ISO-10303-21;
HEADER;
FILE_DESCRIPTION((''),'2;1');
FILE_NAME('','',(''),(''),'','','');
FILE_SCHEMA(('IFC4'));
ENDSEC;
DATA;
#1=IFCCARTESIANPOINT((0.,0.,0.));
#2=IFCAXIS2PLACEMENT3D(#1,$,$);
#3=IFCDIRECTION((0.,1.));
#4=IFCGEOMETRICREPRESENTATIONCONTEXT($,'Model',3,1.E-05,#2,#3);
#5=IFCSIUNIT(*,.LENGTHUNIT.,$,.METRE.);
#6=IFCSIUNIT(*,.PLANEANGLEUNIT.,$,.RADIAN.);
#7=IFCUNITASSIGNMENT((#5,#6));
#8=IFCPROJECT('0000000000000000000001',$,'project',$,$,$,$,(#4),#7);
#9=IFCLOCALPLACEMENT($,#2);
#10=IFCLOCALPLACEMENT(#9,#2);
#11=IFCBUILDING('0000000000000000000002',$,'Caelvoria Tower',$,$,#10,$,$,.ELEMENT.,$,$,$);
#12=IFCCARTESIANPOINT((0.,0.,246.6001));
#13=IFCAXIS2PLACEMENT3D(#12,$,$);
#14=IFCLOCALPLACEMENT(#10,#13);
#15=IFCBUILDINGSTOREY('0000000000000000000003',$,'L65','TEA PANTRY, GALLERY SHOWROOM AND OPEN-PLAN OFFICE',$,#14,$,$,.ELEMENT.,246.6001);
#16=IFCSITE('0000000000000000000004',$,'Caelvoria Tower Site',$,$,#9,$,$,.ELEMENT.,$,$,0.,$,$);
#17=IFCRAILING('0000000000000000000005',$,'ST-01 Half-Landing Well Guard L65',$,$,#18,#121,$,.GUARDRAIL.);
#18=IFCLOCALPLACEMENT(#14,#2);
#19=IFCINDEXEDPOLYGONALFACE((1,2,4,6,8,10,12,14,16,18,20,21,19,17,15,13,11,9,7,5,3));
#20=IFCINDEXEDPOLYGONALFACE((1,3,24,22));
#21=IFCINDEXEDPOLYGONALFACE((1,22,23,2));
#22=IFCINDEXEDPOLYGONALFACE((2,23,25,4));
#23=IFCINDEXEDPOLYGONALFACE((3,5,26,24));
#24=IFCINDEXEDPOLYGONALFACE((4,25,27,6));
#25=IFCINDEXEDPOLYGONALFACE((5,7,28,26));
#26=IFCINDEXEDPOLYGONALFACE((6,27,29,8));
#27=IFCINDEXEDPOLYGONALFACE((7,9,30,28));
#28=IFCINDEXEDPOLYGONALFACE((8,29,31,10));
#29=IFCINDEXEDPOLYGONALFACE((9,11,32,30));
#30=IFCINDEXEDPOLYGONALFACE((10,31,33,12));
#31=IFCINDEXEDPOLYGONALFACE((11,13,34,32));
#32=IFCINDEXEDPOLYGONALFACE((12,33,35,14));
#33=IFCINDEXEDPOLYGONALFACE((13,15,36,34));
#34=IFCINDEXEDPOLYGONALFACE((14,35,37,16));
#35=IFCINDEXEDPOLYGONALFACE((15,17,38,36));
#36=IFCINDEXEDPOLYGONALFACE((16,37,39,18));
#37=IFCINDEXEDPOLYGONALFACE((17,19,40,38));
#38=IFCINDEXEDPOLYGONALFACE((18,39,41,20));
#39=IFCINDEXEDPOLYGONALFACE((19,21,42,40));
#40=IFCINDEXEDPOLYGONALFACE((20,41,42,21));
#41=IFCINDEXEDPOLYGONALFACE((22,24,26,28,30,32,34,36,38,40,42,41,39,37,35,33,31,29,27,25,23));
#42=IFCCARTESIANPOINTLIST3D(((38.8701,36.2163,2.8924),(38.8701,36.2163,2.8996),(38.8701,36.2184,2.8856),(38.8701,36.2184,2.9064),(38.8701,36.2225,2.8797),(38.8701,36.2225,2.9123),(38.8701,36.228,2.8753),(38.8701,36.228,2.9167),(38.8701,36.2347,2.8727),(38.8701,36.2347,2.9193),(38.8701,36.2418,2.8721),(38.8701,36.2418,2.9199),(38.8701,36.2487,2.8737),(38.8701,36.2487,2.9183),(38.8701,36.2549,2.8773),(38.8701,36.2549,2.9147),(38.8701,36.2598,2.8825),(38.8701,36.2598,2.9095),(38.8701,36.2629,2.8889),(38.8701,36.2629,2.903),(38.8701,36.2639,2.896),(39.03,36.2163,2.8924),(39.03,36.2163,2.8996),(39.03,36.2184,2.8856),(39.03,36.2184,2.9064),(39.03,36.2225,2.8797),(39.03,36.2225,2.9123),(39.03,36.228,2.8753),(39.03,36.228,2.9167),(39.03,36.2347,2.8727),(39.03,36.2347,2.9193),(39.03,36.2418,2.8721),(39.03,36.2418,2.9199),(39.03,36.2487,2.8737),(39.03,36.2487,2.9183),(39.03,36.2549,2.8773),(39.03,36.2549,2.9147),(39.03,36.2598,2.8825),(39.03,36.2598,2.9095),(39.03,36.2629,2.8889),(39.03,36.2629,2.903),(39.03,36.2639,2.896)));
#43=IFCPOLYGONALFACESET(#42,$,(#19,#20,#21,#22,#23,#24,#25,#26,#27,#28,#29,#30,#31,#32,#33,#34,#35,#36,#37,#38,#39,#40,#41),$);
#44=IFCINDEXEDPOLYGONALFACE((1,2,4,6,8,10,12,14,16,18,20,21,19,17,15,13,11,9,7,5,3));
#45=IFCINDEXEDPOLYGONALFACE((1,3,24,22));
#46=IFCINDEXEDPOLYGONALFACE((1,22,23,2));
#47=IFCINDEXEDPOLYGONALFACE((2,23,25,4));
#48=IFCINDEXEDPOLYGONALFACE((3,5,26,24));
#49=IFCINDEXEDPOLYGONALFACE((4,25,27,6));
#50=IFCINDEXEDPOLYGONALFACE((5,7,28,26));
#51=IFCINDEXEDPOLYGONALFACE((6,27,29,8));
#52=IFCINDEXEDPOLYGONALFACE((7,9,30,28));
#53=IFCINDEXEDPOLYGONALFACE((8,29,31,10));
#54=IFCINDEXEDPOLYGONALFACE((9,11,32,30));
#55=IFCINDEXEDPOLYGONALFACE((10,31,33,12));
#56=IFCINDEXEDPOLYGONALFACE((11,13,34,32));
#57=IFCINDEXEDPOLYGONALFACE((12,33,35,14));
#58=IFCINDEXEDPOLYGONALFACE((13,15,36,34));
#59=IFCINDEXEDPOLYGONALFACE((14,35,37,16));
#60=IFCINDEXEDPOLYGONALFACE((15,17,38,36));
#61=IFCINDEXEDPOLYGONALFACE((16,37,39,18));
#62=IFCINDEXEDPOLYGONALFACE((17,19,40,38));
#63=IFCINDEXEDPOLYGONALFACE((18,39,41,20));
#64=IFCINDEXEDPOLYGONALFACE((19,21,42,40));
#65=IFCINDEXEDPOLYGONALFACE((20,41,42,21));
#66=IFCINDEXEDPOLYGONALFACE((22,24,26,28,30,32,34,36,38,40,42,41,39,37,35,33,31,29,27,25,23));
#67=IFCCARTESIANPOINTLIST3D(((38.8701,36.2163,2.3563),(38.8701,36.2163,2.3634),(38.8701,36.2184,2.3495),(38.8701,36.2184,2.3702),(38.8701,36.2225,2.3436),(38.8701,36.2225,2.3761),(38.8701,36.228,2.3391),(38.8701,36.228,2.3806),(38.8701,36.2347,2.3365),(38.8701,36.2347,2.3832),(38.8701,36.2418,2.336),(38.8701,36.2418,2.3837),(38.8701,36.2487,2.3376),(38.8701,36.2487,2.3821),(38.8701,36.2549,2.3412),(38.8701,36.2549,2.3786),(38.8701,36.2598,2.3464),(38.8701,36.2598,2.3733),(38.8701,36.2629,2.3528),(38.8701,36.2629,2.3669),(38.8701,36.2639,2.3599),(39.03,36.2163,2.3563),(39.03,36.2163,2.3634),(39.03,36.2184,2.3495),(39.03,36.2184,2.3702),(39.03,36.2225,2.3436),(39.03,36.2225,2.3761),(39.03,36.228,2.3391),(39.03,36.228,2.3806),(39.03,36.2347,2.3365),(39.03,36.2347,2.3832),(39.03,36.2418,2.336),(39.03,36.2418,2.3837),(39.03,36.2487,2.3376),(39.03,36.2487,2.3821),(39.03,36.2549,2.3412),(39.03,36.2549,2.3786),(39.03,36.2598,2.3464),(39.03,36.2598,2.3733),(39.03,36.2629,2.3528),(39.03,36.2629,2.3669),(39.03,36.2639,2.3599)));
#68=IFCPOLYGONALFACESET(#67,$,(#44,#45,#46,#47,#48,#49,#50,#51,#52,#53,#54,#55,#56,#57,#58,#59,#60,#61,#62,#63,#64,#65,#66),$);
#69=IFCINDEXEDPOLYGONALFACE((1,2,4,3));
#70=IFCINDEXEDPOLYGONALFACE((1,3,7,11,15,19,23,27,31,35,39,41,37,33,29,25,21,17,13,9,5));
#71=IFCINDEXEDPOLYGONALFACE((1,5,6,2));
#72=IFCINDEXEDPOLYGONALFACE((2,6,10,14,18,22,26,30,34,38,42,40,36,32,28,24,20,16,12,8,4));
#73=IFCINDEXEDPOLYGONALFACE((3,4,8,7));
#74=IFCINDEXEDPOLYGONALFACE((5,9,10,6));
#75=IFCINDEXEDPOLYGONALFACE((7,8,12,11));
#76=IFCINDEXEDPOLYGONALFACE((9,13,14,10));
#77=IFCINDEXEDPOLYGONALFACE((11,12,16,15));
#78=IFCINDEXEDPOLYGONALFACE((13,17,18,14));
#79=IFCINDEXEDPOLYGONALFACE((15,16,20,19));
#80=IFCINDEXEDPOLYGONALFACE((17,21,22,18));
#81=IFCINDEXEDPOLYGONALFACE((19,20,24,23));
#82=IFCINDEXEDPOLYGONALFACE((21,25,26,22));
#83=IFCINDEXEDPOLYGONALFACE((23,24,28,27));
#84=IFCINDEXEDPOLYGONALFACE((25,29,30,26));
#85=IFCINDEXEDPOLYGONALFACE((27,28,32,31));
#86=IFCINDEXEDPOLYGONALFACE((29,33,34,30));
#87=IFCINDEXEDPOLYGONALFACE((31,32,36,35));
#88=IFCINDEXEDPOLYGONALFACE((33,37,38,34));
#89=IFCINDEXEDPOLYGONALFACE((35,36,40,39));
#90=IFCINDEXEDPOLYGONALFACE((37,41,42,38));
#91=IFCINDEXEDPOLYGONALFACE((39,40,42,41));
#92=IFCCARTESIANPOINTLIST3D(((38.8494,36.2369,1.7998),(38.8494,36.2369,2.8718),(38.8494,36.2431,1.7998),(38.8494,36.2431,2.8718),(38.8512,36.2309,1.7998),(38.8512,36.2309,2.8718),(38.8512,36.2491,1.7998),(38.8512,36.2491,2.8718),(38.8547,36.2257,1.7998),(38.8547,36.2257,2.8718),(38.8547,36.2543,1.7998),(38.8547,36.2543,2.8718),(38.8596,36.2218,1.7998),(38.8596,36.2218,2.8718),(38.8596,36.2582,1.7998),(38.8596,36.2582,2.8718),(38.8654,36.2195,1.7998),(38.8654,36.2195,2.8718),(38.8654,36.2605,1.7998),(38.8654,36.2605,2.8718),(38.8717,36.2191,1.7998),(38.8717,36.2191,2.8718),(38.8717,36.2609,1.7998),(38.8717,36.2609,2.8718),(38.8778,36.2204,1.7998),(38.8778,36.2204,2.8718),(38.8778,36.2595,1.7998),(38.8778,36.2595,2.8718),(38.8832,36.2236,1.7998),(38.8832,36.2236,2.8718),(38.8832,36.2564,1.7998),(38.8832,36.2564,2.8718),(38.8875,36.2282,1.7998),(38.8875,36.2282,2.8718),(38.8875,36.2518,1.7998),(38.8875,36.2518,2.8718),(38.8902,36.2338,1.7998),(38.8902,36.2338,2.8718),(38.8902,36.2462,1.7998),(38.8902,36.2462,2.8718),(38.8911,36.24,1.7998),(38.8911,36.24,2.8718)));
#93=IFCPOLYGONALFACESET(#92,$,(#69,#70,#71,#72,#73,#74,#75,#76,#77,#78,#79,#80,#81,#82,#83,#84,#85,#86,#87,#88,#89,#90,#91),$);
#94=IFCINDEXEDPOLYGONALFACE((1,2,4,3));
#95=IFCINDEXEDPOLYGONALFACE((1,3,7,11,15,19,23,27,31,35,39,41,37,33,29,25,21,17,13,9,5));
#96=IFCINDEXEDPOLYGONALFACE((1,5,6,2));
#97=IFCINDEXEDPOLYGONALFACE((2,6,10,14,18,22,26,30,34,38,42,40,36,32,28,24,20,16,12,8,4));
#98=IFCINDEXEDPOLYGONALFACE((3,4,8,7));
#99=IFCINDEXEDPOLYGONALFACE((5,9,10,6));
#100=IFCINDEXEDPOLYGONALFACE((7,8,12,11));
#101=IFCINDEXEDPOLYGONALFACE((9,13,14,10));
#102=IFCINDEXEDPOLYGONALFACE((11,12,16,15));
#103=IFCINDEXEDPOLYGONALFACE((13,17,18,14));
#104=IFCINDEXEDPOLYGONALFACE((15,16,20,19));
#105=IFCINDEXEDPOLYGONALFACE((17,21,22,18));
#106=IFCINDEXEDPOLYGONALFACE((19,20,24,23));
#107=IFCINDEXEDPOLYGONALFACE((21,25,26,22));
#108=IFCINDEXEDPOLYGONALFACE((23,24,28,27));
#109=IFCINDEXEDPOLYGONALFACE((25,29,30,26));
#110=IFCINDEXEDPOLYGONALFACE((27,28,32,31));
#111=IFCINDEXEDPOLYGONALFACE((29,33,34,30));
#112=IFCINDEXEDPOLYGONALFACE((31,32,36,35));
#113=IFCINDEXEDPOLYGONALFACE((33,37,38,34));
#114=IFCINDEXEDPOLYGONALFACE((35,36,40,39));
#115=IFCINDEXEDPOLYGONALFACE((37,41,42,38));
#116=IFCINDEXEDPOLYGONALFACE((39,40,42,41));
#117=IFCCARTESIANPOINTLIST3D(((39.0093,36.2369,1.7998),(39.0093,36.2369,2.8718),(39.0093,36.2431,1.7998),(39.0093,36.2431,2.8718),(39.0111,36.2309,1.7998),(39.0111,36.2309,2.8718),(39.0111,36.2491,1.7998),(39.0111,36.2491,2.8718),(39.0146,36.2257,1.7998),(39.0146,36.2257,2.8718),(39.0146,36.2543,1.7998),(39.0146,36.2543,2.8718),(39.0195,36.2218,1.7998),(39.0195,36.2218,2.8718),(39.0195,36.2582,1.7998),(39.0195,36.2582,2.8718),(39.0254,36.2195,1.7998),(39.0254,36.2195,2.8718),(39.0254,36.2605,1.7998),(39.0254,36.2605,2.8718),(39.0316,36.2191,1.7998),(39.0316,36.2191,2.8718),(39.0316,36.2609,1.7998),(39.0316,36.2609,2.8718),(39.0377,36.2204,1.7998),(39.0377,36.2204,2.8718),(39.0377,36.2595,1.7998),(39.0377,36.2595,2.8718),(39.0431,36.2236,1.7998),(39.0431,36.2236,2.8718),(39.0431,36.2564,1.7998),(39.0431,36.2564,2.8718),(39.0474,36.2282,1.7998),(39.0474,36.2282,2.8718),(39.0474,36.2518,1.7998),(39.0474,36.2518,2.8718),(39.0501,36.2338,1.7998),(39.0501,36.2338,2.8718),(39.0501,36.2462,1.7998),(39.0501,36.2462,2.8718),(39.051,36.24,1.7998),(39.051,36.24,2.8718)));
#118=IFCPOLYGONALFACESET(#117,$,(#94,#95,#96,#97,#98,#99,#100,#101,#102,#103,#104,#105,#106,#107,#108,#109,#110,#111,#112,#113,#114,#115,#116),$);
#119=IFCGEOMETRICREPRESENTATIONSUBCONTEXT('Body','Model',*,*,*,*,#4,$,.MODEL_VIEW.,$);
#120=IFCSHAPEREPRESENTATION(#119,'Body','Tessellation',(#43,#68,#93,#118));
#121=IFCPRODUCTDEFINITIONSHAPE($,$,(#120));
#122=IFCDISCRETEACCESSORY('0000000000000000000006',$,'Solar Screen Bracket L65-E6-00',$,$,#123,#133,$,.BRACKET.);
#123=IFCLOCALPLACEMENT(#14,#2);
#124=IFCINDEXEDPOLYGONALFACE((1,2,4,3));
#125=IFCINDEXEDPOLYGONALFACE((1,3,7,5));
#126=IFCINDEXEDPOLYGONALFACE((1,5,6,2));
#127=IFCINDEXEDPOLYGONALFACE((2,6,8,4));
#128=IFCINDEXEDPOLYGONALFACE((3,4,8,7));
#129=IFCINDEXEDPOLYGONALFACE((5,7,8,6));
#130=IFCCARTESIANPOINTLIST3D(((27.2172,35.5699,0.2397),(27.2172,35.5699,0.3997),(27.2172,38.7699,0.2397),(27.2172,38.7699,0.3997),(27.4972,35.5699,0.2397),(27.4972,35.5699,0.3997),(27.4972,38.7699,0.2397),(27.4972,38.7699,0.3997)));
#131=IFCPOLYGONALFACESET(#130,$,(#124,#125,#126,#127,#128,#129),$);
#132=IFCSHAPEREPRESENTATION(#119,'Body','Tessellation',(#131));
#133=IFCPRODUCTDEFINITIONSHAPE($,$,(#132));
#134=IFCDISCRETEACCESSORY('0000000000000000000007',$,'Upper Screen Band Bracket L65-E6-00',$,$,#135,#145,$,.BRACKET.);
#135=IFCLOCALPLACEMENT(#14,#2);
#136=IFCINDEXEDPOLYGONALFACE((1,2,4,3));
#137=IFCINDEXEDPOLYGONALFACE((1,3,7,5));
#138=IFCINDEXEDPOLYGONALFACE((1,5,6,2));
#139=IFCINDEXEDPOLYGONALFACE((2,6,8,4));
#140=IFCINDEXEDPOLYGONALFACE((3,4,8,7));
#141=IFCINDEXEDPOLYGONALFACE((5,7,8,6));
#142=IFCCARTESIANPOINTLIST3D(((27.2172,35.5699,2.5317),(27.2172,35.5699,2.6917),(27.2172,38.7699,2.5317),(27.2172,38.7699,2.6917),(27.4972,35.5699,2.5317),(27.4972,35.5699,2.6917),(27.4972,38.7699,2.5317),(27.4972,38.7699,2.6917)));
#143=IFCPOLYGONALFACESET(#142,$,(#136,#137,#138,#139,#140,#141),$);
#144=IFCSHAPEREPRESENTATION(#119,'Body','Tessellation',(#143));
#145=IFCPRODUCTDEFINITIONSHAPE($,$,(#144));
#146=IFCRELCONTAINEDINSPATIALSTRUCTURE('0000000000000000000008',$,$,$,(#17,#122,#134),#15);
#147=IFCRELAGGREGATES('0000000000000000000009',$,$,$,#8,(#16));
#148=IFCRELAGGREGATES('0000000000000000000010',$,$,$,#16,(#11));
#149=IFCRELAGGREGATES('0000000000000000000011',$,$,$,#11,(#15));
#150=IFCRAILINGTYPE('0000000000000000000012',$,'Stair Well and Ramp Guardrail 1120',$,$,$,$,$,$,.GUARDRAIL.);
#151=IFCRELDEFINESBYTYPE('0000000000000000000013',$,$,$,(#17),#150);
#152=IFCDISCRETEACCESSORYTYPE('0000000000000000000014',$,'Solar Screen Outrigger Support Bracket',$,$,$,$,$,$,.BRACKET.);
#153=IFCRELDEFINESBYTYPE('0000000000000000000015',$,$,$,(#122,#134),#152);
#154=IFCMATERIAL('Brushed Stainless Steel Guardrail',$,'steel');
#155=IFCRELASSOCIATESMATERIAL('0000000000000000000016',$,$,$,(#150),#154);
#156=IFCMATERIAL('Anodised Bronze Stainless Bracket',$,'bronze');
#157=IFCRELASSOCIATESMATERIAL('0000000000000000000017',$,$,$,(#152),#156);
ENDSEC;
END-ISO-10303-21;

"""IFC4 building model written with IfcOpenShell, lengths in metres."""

from ifc_helpers import new_model, si_unit, direction, frame, origin, origin_2d, place, context, subcontext, project, spatial, rectangle, circle, extrude, material, type_object, element, save


model = new_model("IFC4")

# Units and contexts
model_context = context("Model", 3, precision=1e-05, world=origin(), true_north=direction((0.0, 1.0)))
body_context = subcontext(model_context, "Body", "Model", "MODEL_VIEW")
ifc_project = project(units=[si_unit("LENGTHUNIT", "METRE"), si_unit("PLANEANGLEUNIT", "RADIAN")], contexts=[model_context])

# Site, building, storey
site_placement = place(None, origin())
site = spatial("IfcSite", under=ifc_project, at=site_placement, Name="Caelvoria Tower Site", CompositionType="ELEMENT", RefElevation=0.0)
building_placement = place(site_placement, origin())
building = spatial("IfcBuilding", under=site, at=building_placement, Name="Caelvoria Tower", CompositionType="ELEMENT")
storey_placement = place(building_placement, frame((0.0, 0.0, 246.6001)))
storey = spatial("IfcBuildingStorey", under=building, at=storey_placement, Name="L65", Description="TEA PANTRY, GALLERY SHOWROOM AND OPEN-PLAN OFFICE", CompositionType="ELEMENT", Elevation=246.6001)

# Railing
ifc_material_1 = material(Name="Brushed Stainless Steel Guardrail", Category="steel")
railing_type_1 = type_object("IfcRailingType", Name="Stair Well and Ramp Guardrail 1120", PredefinedType="GUARDRAIL", material=ifc_material_1)
railing_1_placement = place(storey_placement, frame((38.8701, 36.24, 1.7998)))
element("IfcRailing", 1, at=railing_1_placement, inside=storey, type_object=railing_type_1, Name="ST-01 Half-Landing Well Guard L65", PredefinedType="GUARDRAIL", context=body_context, shape_type="SweptSolid", body=[
    extrude(circle(Radius=0.0239, at=origin_2d()), frame((0.0, 0.0, 1.0962), z_axis=(1.0, 0.0, 0.0), x_axis=(0.0, 1.0, 0.0)), (0.0, 0.0, 1.0), 0.1599),
    extrude(circle(Radius=0.0239, at=origin_2d()), frame((0.0, 0.0, 0.5601), z_axis=(1.0, 0.0, 0.0), x_axis=(0.0, 1.0, 0.0)), (0.0, 0.0, 1.0), 0.1599),
    extrude(circle(Radius=0.021, at=origin_2d()), origin(), (0.0, 0.0, 1.0), 1.072),
    extrude(circle(Radius=0.021, at=origin_2d()), frame((0.1599, 0.0, 0.0)), (0.0, 0.0, 1.0), 1.072),
])

# Discrete accessories
ifc_material_2 = material(Name="Anodised Bronze Stainless Bracket", Category="bronze")
discrete_accessory_type = type_object("IfcDiscreteAccessoryType", Name="Solar Screen Outrigger Support Bracket", PredefinedType="BRACKET", material=ifc_material_2)
for number, where, z_axis, x_axis, name in (
    (2, (27.3572, 37.1699, 0.2397), (0.0, 0.0, 1.0), (0.0, -1.0, 0.0), "Solar Screen Bracket L65-E6-00"),
    (3, (27.3572, 37.1699, 2.5317), (0.0, 0.0, 1.0), (0.0, -1.0, 0.0), "Upper Screen Band Bracket L65-E6-00"),
):
    element("IfcDiscreteAccessory", number, at=place(storey_placement, frame(where, z_axis=z_axis, x_axis=x_axis)), inside=storey, type_object=discrete_accessory_type, Name=name, PredefinedType="BRACKET", context=body_context, shape_type="SweptSolid", body=[
        extrude(rectangle(XDim=3.2, YDim=0.28, at=origin_2d()), origin(), (0.0, 0.0, 1.0), 0.1599),
    ])

save(model, "model.ifc")
